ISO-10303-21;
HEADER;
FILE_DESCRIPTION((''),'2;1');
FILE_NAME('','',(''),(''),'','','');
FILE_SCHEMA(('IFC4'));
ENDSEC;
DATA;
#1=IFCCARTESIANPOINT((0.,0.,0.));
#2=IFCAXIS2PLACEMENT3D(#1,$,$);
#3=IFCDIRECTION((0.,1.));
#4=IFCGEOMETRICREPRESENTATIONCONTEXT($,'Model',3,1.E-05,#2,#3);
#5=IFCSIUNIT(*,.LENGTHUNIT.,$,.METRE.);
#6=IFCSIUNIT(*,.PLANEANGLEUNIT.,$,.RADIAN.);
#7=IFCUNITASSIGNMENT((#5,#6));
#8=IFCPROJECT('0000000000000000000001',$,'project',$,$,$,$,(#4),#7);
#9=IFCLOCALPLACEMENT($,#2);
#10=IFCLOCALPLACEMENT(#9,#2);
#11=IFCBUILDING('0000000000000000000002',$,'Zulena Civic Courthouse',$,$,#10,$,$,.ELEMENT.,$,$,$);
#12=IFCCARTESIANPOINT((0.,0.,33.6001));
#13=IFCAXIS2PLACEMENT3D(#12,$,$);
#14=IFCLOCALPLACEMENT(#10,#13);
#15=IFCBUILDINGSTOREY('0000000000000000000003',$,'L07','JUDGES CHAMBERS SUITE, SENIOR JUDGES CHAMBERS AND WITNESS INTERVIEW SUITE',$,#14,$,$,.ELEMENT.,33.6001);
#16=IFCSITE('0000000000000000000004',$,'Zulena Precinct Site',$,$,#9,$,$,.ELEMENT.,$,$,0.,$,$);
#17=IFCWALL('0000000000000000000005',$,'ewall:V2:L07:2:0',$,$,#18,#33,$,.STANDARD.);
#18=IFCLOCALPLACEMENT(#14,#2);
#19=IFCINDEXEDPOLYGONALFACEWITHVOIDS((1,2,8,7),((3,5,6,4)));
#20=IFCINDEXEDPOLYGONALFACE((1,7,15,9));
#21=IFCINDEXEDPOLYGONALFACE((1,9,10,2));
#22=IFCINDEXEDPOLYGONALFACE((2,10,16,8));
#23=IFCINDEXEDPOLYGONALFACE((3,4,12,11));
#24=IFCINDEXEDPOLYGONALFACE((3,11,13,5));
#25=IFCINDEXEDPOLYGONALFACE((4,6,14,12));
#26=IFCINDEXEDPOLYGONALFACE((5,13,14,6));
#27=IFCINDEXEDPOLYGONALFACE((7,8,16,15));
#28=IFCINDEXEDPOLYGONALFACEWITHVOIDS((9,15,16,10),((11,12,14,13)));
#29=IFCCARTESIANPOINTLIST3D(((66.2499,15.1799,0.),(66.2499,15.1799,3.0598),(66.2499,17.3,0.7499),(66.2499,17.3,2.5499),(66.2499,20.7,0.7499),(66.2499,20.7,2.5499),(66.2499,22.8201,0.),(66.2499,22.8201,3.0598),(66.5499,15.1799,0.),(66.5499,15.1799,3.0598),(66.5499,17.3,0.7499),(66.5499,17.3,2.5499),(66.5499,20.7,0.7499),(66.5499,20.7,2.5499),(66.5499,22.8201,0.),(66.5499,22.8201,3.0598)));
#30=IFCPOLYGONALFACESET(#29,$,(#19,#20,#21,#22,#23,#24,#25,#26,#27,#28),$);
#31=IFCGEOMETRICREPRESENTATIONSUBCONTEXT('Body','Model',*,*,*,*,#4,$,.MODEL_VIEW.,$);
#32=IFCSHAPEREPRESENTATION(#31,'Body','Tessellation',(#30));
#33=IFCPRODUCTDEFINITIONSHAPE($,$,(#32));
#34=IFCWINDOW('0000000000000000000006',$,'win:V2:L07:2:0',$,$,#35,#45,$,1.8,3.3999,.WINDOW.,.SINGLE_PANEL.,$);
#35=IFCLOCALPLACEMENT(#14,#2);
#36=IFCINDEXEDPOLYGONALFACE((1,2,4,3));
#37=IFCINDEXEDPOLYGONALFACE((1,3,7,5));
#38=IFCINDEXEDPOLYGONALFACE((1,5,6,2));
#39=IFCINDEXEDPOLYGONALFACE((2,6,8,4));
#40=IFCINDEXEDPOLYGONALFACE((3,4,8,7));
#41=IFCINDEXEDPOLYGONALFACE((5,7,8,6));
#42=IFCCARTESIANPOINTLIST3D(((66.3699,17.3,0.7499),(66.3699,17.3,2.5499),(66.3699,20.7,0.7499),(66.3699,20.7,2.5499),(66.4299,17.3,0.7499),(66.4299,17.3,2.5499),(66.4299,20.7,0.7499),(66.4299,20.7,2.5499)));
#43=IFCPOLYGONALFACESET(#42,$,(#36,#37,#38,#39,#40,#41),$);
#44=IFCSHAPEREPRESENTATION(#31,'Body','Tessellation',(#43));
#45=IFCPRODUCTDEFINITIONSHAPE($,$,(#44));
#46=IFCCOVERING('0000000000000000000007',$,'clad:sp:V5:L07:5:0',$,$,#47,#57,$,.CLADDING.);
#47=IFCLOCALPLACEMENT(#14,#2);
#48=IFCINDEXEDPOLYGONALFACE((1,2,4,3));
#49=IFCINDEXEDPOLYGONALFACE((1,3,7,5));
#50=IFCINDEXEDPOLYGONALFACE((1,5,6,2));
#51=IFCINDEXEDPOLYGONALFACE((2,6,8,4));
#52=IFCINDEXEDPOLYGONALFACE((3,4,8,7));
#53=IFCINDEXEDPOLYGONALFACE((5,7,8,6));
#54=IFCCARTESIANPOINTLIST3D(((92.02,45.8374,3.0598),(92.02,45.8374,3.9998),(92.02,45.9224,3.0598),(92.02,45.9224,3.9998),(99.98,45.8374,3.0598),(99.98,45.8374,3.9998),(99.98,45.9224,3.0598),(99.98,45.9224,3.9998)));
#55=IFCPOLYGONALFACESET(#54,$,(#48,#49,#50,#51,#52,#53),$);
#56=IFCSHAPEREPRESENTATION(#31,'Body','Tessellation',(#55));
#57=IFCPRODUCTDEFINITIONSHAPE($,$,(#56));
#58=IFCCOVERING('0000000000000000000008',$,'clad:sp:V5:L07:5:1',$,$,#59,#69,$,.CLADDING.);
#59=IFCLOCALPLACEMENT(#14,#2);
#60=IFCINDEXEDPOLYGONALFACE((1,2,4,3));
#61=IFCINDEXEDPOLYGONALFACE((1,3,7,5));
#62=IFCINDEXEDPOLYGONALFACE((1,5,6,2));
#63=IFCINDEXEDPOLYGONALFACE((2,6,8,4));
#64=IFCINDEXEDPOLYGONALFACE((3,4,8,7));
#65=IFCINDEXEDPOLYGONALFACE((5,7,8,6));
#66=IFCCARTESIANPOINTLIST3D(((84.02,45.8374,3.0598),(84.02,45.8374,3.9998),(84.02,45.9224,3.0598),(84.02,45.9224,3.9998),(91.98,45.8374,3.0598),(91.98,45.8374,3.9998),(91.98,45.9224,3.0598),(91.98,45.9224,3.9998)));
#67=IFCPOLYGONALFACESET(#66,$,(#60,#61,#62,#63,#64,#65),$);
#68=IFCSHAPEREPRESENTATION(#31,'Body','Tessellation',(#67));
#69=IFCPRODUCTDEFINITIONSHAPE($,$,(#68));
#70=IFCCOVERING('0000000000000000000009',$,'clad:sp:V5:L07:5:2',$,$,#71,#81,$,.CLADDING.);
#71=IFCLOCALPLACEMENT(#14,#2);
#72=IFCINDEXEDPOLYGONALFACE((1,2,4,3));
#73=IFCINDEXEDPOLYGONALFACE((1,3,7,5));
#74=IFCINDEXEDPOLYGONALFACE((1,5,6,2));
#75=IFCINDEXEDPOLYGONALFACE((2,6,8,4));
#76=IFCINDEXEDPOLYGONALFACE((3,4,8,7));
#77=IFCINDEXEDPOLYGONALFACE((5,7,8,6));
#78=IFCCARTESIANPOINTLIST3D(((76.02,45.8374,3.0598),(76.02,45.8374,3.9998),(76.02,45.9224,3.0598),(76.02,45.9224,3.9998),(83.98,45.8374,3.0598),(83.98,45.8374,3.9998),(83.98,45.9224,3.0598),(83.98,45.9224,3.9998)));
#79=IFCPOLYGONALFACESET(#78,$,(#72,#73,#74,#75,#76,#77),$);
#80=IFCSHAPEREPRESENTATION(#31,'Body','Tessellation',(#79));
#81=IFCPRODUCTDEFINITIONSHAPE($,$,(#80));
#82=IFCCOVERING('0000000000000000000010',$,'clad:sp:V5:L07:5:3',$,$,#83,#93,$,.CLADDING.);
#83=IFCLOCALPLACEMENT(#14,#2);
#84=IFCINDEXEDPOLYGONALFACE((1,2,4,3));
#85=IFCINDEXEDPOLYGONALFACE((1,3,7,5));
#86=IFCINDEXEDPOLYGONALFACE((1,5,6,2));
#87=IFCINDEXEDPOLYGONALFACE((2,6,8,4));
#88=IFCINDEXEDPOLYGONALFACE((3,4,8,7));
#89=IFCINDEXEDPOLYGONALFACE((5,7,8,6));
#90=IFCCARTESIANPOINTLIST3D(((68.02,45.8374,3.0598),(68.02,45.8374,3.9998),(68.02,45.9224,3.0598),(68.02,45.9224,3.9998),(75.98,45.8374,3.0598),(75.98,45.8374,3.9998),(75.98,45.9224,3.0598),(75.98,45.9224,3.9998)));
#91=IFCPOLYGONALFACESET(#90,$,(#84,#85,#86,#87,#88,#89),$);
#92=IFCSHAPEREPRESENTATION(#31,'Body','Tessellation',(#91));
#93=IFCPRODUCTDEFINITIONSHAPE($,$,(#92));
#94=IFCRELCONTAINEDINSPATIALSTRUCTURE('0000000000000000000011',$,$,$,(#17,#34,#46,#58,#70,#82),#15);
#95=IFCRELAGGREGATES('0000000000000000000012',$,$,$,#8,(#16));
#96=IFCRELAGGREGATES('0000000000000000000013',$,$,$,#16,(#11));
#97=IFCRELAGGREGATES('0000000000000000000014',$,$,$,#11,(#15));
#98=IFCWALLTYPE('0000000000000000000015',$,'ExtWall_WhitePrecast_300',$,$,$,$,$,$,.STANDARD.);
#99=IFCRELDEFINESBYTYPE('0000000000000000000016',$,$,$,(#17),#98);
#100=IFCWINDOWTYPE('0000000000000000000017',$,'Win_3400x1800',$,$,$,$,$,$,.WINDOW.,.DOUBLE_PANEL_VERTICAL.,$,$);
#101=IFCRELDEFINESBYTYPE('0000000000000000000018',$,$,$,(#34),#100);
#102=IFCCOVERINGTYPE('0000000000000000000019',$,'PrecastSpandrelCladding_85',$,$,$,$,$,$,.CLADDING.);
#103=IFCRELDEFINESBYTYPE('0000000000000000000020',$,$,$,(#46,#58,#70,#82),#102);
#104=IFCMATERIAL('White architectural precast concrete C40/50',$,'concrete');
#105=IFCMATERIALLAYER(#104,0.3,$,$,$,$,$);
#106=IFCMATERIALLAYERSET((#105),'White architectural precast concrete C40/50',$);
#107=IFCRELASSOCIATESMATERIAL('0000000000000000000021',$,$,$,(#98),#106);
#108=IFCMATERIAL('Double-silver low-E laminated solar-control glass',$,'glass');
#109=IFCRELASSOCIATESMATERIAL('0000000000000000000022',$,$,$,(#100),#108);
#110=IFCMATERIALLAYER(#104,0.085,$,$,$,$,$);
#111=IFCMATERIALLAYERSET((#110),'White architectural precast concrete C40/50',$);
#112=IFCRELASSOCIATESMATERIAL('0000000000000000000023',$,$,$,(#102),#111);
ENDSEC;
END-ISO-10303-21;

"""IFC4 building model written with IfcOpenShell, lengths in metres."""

from ifc_helpers import new_model, si_unit, direction, frame, frame_2d, origin, origin_2d, place, context, subcontext, project, spatial, rectangle, extrude, material, layer, layer_set, type_object, element, fill, save


model = new_model("IFC4")

# Units and contexts
model_context = context("Model", 3, precision=1e-05, world=origin(), true_north=direction((0.0, 1.0)))
body_context = subcontext(model_context, "Body", "Model", "MODEL_VIEW")
ifc_project = project(units=[si_unit("LENGTHUNIT", "METRE"), si_unit("PLANEANGLEUNIT", "RADIAN")], contexts=[model_context])

# Site, building, storey
site_placement = place(None, origin())
site = spatial("IfcSite", under=ifc_project, at=site_placement, Name="Zulena Precinct Site", CompositionType="ELEMENT", RefElevation=0.0)
building_placement = place(site_placement, origin())
building = spatial("IfcBuilding", under=site, at=building_placement, Name="Zulena Civic Courthouse", CompositionType="ELEMENT")
storey_placement = place(building_placement, frame((0.0, 0.0, 33.6001)))
storey = spatial("IfcBuildingStorey", under=building, at=storey_placement, Name="L07", Description="JUDGES CHAMBERS SUITE, SENIOR JUDGES CHAMBERS AND WITNESS INTERVIEW SUITE", CompositionType="ELEMENT", Elevation=33.6001)

# Shared definitions
ifc_material_1 = material(Name="Double-silver low-E laminated solar-control glass", Category="glass")

# Wall, opening, window
ifc_material_2 = material(Name="White architectural precast concrete C40/50", Category="concrete")
ifc_layer_1 = layer(ifc_material_2, 0.3)
ifc_layer_set_1 = layer_set([ifc_layer_1], Name="White architectural precast concrete C40/50")
wall_type_1 = type_object("IfcWallType", Name="ExtWall_WhitePrecast_300", PredefinedType="STANDARD", material=ifc_layer_set_1)
wall_1_placement = place(storey_placement, frame((66.3999, 22.8201, 0.0), z_axis=(0.0, 0.0, 1.0), x_axis=(0.0, -1.0, 0.0)))
wall_1 = element("IfcWall", 1, at=wall_1_placement, inside=storey, type_object=wall_type_1, Name="ewall:V2:L07:2:0", PredefinedType="STANDARD", context=body_context, shape_type="SweptSolid", body=[
    extrude(rectangle(XDim=7.6401, YDim=0.3, at=frame_2d((3.8201, 0.0))), origin(), (0.0, 0.0, 1.0), 3.0598),
])
opening_1_placement = place(wall_1_placement, frame((2.1201, 0.0, 0.75)))
opening_1 = element("IfcOpeningElement", 2, at=opening_1_placement, cuts=wall_1, PredefinedType="OPENING", context=body_context, shape_type="SweptSolid", body=[
    extrude(rectangle(XDim=3.3999, YDim=1.8, at=frame_2d((1.7, 0.8999))), frame((0.0, 0.1599, 0.0), z_axis=(0.0, -1.0, 0.0), x_axis=(1.0, 0.0, 0.0)), (0.0, 0.0, 1.0), 0.3201),
])
window_type_1 = type_object("IfcWindowType", Name="Win_3400x1800", PartitioningType="DOUBLE_PANEL_VERTICAL", PredefinedType="WINDOW", material=ifc_material_1)
window_1_placement = place(opening_1_placement, origin())
window_1 = element("IfcWindow", 3, at=window_1_placement, inside=storey, type_object=window_type_1, Name="win:V2:L07:2:0", OverallHeight=1.8, OverallWidth=3.3999, PartitioningType="SINGLE_PANEL", PredefinedType="WINDOW", context=body_context, shape_type="SweptSolid", body=[
    extrude(rectangle(XDim=3.3999, YDim=1.8, at=frame_2d((1.7, 0.8999))), frame((0.0, 0.03, 0.0), z_axis=(0.0, -1.0, 0.0), x_axis=(1.0, 0.0, 0.0)), (0.0, 0.0, 1.0), 0.0601),
])
fill(opening_1, window_1)

# Coverings
ifc_layer_2 = layer(ifc_material_2, 0.085)
ifc_layer_set_2 = layer_set([ifc_layer_2], Name="White architectural precast concrete C40/50")
covering_type = type_object("IfcCoveringType", Name="PrecastSpandrelCladding_85", PredefinedType="CLADDING", material=ifc_layer_set_2)
for number, where, z_axis, x_axis, name in (
    (4, (96.0, 45.8799, 3.0598), (0.0, 0.0, 1.0), (-1.0, 0.0, 0.0), "clad:sp:V5:L07:5:0"),
    (5, (88.0, 45.8799, 3.0598), (0.0, 0.0, 1.0), (-1.0, 0.0, 0.0), "clad:sp:V5:L07:5:1"),
    (6, (80.0, 45.8799, 3.0598), (0.0, 0.0, 1.0), (-1.0, 0.0, 0.0), "clad:sp:V5:L07:5:2"),
    (7, (72.0, 45.8799, 3.0598), (0.0, 0.0, 1.0), (-1.0, 0.0, 0.0), "clad:sp:V5:L07:5:3"),
):
    element("IfcCovering", number, at=place(storey_placement, frame(where, z_axis=z_axis, x_axis=x_axis)), inside=storey, type_object=covering_type, Name=name, PredefinedType="CLADDING", context=body_context, shape_type="SweptSolid", body=[
        extrude(rectangle(XDim=7.96, YDim=0.085, at=origin_2d()), origin(), (0.0, 0.0, 1.0), 0.9399),
    ])

save(model, "model.ifc")
